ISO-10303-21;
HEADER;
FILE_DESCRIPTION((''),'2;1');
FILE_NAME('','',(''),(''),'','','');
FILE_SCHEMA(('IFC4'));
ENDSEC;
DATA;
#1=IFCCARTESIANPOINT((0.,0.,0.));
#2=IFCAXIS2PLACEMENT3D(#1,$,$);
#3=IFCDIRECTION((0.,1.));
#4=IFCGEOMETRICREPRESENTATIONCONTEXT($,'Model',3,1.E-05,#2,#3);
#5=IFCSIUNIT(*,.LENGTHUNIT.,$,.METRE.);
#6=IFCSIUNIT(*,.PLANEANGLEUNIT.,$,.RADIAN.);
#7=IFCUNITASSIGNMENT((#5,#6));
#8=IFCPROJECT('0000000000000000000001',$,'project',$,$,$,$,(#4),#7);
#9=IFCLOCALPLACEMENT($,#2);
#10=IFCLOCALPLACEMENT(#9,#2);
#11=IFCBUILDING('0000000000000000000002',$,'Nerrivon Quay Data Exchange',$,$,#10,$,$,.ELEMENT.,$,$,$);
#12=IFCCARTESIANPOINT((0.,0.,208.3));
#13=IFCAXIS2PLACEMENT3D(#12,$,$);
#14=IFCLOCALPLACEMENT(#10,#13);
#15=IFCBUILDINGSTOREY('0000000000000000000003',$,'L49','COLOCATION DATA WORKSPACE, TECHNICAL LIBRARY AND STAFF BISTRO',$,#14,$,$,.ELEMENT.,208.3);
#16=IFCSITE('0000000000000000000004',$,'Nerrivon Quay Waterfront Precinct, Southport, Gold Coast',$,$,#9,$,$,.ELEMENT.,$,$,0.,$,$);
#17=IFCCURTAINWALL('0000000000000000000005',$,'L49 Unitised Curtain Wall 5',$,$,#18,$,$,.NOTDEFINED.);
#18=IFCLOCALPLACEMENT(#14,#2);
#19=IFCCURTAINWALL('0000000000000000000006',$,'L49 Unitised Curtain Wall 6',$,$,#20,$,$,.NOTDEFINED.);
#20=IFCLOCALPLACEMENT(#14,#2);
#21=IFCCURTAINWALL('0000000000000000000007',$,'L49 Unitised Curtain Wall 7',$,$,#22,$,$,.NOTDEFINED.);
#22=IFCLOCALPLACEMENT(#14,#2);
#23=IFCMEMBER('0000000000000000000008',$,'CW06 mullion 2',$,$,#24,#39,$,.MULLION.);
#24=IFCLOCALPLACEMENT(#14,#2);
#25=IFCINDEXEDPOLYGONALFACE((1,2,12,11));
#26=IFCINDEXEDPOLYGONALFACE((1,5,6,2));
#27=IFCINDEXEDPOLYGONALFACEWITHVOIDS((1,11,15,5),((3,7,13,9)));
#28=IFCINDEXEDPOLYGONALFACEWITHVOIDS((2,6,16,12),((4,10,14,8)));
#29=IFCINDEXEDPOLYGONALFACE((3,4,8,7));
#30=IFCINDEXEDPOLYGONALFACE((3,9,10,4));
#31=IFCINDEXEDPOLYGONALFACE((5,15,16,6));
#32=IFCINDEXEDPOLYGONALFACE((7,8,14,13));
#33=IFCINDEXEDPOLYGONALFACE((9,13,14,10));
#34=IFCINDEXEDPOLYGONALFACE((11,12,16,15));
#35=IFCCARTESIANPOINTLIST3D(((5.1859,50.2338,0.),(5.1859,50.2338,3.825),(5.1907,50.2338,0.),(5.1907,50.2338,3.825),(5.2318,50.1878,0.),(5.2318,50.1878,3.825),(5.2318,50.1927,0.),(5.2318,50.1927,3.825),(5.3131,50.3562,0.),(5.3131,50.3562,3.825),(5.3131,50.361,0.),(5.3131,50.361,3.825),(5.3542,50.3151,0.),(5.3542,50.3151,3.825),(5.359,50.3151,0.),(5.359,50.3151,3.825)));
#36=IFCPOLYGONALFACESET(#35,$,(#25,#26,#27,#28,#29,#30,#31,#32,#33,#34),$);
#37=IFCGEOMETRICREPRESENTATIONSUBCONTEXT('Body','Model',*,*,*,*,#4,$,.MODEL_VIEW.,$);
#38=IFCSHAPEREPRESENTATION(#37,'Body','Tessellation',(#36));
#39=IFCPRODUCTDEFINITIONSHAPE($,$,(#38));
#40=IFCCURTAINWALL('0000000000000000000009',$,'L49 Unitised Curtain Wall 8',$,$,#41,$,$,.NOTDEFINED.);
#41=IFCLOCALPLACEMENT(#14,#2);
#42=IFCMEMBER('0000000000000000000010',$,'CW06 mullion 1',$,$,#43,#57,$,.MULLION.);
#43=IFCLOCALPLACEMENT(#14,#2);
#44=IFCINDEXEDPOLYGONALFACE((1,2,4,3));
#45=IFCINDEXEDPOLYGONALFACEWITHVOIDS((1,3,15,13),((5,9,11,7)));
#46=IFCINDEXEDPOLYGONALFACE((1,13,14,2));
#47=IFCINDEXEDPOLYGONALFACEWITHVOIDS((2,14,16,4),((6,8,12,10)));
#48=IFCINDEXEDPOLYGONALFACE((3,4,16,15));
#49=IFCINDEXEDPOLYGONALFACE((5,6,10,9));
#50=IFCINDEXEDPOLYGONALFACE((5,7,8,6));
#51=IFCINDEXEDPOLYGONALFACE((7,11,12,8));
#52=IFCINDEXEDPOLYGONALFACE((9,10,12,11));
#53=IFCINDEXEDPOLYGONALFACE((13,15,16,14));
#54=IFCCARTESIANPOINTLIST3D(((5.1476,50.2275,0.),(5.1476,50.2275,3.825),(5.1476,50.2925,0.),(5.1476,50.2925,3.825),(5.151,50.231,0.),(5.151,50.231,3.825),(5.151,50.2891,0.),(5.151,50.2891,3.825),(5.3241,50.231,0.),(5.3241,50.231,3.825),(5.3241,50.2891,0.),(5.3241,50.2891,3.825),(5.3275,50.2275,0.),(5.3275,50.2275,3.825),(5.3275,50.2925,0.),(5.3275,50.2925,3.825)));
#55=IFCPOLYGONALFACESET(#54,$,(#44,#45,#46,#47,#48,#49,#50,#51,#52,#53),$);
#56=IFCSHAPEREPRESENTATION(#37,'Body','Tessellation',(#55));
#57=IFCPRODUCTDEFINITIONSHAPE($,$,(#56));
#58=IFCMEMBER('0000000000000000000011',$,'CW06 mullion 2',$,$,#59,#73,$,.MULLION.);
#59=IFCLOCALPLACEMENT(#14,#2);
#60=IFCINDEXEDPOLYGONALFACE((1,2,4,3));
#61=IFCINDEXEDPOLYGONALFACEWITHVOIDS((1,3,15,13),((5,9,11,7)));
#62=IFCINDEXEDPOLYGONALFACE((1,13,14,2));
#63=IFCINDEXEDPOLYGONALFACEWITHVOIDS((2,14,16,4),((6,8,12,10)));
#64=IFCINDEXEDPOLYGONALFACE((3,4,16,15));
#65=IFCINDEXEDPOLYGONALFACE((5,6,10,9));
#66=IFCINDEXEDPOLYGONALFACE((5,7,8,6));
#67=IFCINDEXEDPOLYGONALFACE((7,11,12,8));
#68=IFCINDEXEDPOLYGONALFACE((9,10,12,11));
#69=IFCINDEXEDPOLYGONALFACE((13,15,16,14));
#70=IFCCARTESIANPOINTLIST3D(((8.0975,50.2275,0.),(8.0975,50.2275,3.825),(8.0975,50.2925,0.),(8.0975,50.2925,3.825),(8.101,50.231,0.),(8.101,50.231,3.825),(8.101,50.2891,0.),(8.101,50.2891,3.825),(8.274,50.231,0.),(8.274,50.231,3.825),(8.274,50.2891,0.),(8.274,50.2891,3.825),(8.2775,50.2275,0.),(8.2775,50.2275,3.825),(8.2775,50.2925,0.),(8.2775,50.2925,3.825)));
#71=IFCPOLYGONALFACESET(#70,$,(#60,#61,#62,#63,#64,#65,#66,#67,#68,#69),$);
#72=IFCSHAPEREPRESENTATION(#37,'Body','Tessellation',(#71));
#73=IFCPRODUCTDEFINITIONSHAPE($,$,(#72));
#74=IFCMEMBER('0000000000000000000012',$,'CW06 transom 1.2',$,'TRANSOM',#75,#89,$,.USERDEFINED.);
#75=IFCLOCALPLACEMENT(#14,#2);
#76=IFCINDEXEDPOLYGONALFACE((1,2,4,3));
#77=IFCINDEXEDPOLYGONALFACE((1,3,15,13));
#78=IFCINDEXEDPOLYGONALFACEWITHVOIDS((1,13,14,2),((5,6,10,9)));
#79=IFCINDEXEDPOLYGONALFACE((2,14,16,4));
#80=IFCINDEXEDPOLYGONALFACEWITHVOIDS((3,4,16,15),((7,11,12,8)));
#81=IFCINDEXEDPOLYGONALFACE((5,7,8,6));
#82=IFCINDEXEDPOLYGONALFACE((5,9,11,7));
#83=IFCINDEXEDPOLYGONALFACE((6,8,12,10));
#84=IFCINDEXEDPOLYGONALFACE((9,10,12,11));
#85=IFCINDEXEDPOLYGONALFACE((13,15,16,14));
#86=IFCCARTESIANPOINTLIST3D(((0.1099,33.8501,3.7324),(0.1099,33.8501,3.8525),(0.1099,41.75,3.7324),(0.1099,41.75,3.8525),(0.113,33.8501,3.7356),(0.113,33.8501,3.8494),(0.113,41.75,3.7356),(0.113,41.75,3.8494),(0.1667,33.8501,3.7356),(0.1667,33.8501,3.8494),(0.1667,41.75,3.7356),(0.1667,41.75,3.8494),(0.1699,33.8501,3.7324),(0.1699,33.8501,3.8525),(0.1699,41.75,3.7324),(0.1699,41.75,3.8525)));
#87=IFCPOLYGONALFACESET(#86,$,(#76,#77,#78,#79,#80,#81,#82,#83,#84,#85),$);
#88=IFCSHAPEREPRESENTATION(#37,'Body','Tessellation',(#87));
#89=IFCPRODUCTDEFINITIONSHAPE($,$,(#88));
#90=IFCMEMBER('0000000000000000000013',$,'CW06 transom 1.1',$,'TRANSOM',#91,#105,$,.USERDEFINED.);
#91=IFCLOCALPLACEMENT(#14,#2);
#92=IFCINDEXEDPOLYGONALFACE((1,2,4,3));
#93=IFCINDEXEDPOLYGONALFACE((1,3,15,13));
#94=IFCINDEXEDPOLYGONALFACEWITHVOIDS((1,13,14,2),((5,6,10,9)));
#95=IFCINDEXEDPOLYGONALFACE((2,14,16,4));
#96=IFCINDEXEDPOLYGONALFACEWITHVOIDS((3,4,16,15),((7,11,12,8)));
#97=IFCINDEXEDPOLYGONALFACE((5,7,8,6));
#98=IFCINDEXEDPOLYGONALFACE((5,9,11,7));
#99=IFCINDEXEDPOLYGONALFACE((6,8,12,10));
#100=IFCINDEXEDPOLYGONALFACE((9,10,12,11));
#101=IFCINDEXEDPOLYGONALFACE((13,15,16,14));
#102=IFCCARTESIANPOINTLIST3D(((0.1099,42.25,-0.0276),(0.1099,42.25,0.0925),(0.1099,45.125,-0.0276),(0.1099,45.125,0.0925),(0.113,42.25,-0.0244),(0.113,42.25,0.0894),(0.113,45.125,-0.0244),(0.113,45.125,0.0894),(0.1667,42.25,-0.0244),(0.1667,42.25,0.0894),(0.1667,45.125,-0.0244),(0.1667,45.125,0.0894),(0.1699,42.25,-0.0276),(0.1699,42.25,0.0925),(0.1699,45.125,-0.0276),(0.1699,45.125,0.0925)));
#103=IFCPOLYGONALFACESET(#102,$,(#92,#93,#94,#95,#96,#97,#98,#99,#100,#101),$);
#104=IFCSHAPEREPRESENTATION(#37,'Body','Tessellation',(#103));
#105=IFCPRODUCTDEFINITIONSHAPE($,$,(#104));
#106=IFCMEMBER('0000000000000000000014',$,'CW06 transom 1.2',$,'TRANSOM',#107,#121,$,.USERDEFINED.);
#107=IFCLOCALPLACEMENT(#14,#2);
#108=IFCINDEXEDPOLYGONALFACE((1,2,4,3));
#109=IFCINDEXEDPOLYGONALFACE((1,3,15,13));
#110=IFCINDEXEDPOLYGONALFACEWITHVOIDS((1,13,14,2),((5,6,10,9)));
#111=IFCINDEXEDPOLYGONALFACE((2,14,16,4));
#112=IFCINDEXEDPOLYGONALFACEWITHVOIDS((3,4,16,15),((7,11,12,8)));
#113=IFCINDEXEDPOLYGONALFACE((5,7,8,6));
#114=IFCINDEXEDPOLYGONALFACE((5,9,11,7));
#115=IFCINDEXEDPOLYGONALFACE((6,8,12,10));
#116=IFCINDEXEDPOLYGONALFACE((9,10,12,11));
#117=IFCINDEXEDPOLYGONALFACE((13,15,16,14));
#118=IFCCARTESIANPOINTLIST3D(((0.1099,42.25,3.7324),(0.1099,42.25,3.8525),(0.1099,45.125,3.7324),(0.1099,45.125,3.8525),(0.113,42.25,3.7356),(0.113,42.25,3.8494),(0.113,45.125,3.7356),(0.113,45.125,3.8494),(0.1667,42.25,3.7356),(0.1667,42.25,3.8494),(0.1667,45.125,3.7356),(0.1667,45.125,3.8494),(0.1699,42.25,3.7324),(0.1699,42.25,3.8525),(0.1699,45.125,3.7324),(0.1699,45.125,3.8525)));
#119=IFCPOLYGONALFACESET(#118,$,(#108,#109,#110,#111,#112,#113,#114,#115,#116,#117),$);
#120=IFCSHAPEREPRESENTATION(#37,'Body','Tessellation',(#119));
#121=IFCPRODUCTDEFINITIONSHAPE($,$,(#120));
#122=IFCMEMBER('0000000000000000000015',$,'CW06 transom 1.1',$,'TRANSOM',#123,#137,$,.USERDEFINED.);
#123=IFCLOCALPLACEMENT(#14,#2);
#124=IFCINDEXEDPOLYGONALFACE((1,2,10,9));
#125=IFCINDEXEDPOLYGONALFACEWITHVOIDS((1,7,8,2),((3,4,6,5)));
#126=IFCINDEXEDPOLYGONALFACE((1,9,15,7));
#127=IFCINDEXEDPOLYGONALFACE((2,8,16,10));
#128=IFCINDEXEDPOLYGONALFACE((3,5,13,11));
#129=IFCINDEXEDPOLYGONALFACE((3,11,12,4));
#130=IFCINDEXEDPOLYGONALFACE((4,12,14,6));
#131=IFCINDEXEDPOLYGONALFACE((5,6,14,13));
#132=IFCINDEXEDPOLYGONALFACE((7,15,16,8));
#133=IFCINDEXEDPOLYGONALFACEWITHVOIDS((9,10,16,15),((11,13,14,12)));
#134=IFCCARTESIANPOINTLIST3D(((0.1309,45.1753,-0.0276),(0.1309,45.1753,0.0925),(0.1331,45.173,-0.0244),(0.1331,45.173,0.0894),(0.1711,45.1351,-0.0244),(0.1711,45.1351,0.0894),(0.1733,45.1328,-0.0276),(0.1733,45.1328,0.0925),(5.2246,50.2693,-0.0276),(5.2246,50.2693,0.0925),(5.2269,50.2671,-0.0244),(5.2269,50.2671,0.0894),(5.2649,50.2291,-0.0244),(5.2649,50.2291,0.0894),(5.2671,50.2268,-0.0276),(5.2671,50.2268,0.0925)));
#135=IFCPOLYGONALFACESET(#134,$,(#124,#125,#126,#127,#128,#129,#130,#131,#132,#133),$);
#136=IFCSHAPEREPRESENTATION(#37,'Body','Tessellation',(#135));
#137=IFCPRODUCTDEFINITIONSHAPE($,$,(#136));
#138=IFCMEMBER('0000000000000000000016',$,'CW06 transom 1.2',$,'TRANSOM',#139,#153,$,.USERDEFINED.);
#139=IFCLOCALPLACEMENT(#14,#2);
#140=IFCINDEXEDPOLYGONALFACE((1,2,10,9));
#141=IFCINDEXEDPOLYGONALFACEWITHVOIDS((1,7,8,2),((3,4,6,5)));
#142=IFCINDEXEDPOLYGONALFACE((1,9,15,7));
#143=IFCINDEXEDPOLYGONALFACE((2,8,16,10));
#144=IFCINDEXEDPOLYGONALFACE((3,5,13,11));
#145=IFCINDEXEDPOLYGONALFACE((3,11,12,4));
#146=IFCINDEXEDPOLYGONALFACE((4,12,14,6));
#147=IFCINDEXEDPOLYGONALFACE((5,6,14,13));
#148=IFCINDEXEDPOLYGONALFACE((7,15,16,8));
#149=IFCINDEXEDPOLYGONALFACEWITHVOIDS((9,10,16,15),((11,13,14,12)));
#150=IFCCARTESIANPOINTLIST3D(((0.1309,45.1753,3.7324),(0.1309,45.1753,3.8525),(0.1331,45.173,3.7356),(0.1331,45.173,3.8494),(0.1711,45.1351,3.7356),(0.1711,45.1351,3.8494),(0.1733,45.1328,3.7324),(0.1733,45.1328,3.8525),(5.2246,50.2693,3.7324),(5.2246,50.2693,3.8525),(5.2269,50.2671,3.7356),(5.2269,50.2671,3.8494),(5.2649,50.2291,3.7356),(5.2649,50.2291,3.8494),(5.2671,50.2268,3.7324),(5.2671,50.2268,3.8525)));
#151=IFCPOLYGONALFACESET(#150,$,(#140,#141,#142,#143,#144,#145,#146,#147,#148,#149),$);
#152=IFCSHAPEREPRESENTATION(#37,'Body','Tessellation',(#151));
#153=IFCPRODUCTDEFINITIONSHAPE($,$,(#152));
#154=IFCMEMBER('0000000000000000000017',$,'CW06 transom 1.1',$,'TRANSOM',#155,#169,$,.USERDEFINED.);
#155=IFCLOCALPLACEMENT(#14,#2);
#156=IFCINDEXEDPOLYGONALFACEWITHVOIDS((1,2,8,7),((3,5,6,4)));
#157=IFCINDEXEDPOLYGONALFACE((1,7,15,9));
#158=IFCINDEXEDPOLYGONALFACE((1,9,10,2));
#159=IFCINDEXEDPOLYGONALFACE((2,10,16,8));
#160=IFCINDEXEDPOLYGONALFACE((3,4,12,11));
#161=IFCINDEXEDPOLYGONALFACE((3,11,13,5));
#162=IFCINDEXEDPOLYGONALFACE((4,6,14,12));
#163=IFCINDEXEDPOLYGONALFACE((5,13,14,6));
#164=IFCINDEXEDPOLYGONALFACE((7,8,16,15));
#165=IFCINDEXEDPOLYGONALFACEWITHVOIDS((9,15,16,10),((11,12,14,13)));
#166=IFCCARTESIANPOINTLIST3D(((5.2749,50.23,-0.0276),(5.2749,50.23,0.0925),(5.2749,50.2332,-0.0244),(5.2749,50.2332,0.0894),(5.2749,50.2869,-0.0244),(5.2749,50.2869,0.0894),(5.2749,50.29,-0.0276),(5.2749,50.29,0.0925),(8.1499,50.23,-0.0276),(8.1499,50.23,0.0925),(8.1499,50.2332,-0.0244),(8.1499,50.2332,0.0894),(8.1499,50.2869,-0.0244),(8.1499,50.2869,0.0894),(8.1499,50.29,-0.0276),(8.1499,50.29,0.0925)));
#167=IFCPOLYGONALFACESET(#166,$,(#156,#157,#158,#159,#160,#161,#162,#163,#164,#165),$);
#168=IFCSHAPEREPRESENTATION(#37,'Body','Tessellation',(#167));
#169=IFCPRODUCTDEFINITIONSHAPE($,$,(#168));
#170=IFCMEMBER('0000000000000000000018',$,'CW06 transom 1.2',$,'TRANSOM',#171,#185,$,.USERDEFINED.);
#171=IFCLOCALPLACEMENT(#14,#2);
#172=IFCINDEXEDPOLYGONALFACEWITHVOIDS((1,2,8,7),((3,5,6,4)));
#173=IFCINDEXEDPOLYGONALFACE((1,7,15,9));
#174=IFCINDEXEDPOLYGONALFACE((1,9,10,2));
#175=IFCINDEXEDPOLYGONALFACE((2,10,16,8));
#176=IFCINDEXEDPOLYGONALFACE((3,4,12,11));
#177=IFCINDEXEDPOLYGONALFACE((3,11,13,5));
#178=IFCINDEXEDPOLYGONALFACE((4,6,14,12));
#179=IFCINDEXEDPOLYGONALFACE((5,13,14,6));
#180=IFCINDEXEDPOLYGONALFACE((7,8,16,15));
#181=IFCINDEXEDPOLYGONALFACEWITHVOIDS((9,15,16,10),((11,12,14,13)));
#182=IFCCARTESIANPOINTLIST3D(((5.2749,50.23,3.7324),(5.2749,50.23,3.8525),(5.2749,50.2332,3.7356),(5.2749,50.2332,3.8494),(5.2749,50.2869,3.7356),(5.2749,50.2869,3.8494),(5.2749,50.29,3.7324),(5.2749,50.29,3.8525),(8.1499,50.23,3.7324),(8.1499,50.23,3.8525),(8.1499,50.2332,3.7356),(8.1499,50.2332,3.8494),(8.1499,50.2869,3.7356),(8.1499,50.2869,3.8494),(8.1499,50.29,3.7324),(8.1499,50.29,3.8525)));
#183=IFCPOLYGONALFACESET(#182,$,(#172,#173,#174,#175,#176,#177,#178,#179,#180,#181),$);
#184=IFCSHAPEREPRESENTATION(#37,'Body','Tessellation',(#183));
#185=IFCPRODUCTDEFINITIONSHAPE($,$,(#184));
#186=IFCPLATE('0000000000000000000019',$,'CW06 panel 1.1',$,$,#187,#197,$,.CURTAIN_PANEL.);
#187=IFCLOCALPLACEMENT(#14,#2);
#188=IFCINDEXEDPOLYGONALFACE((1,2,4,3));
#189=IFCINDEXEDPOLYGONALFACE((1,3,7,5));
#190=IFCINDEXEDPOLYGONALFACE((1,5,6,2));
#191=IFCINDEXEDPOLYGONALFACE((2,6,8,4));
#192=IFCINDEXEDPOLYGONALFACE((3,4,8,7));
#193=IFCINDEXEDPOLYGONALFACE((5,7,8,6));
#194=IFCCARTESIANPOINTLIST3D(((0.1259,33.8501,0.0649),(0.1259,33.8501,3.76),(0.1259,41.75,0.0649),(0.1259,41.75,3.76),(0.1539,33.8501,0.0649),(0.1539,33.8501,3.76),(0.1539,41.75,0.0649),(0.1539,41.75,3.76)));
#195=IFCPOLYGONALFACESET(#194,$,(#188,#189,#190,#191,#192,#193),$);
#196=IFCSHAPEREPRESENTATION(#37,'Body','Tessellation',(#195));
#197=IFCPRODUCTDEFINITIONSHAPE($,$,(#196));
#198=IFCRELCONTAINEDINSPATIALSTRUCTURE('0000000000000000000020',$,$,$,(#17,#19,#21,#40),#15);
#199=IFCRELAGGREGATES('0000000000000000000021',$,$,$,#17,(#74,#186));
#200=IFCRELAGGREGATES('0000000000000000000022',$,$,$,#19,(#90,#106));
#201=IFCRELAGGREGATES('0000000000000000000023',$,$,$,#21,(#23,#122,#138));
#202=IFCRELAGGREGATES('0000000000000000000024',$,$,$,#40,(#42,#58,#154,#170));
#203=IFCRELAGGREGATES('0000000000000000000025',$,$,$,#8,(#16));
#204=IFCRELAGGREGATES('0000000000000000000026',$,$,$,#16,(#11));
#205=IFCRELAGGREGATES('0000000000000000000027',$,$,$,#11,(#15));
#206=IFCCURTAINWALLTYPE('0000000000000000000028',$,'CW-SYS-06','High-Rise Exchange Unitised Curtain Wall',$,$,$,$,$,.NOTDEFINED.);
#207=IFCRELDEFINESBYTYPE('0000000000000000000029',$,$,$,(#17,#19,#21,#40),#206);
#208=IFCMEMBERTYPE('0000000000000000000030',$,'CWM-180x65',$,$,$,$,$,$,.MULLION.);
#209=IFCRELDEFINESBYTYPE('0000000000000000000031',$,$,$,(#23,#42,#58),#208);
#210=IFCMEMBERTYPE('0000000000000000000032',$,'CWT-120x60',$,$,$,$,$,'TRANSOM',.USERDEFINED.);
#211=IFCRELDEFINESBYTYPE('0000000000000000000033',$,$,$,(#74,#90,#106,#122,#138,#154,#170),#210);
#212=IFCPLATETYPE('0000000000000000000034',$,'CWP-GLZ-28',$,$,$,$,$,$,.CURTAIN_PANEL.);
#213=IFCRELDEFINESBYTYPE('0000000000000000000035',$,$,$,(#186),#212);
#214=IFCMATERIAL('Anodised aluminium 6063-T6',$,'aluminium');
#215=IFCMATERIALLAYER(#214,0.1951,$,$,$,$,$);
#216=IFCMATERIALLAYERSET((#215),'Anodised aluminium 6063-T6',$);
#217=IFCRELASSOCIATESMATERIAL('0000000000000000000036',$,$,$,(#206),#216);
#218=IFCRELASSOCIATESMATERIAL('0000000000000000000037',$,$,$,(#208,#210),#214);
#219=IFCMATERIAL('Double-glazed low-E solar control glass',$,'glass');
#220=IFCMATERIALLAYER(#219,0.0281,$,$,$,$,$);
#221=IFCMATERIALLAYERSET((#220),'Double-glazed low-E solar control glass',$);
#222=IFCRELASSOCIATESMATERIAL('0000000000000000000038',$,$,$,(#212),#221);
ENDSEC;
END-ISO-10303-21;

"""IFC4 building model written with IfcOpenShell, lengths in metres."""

from ifc_helpers import new_model, si_unit, direction, frame, origin, origin_2d, place, context, subcontext, project, spatial, rectangle, hollow_rectangle, extrude, material, layer, layer_set, material_profile, profile_set, type_object, element, aggregate, save


model = new_model("IFC4")

# Units and contexts
model_context = context("Model", 3, precision=1e-05, world=origin(), true_north=direction((0.0, 1.0)))
body_context = subcontext(model_context, "Body", "Model", "MODEL_VIEW")
ifc_project = project(units=[si_unit("LENGTHUNIT", "METRE"), si_unit("PLANEANGLEUNIT", "RADIAN")], contexts=[model_context])

# Site, building, storey
site_placement = place(None, origin())
site = spatial("IfcSite", under=ifc_project, at=site_placement, Name="Nerrivon Quay Waterfront Precinct, Southport, Gold Coast", CompositionType="ELEMENT", RefElevation=0.0)
building_placement = place(site_placement, origin())
building = spatial("IfcBuilding", under=site, at=building_placement, Name="Nerrivon Quay Data Exchange", CompositionType="ELEMENT")
storey_placement = place(building_placement, frame((0.0, 0.0, 208.3)))
storey = spatial("IfcBuildingStorey", under=building, at=storey_placement, Name="L49", Description="COLOCATION DATA WORKSPACE, TECHNICAL LIBRARY AND STAFF BISTRO", CompositionType="ELEMENT", Elevation=208.3)

# Curtain wall
ifc_material_1 = material(Name="Anodised aluminium 6063-T6", Category="aluminium")
ifc_layer_1 = layer(ifc_material_1, 0.1951)
ifc_layer_set_1 = layer_set([ifc_layer_1], Name="Anodised aluminium 6063-T6")
curtain_wall_type = type_object("IfcCurtainWallType", Name="CW-SYS-06", Description="High-Rise Exchange Unitised Curtain Wall", PredefinedType="NOTDEFINED", material=ifc_layer_set_1)
curtain_wall_1_placement = place(storey_placement, origin())
curtain_wall_1 = element("IfcCurtainWall", 1, at=curtain_wall_1_placement, inside=storey, type_object=curtain_wall_type, Name="L49 Unitised Curtain Wall 5", PredefinedType="NOTDEFINED")
ifc_material_profile_1 = material_profile(ifc_material_1, hollow_rectangle(XDim=0.0649, YDim=0.1799, WallThickness=0.0034, at=origin_2d()), Name="ALU-MULL-180x65")
ifc_profile_set_1 = profile_set([ifc_material_profile_1], Name="Anodised aluminium 6063-T6")
member_type_1 = type_object("IfcMemberType", Name="CWM-180x65", PredefinedType="MULLION", material=ifc_profile_set_1)

# Curtain walls, members
curtain_wall_2_placement = place(storey_placement, origin())
curtain_wall_2 = element("IfcCurtainWall", 2, at=curtain_wall_2_placement, inside=storey, type_object=curtain_wall_type, Name="L49 Unitised Curtain Wall 6", PredefinedType="NOTDEFINED")
curtain_wall_3_placement = place(storey_placement, origin())
curtain_wall_3 = element("IfcCurtainWall", 3, at=curtain_wall_3_placement, inside=storey, type_object=curtain_wall_type, Name="L49 Unitised Curtain Wall 7", PredefinedType="NOTDEFINED")
member_1_placement = place(storey_placement, frame((5.2725, 50.2744, 0.0), z_axis=(0.0, 0.0, 1.0), x_axis=(-0.707107, 0.707107, 0.0)))
member_1 = element("IfcMember", 4, at=member_1_placement, type_object=member_type_1, Name="CW06 mullion 2", PredefinedType="MULLION", context=body_context, shape_type="SweptSolid", body=[
    extrude(hollow_rectangle(XDim=0.0649, YDim=0.1799, WallThickness=0.0034, at=origin_2d()), origin(), (0.0, 0.0, 1.0), 3.825),
])
curtain_wall_4_placement = place(storey_placement, origin())
curtain_wall_4 = element("IfcCurtainWall", 5, at=curtain_wall_4_placement, inside=storey, type_object=curtain_wall_type, Name="L49 Unitised Curtain Wall 8", PredefinedType="NOTDEFINED")
member_2_placement = place(storey_placement, frame((5.2375, 50.26, 0.0), z_axis=(0.0, 0.0, 1.0), x_axis=(0.0, 1.0, 0.0)))
member_2 = element("IfcMember", 6, at=member_2_placement, type_object=member_type_1, Name="CW06 mullion 1", PredefinedType="MULLION", context=body_context, shape_type="SweptSolid", body=[
    extrude(hollow_rectangle(XDim=0.0649, YDim=0.1799, WallThickness=0.0034, at=origin_2d()), origin(), (0.0, 0.0, 1.0), 3.825),
])
member_3_placement = place(storey_placement, frame((8.1875, 50.26, 0.0), z_axis=(0.0, 0.0, 1.0), x_axis=(0.0, 1.0, 0.0)))
member_3 = element("IfcMember", 7, at=member_3_placement, type_object=member_type_1, Name="CW06 mullion 2", PredefinedType="MULLION", context=body_context, shape_type="SweptSolid", body=[
    extrude(hollow_rectangle(XDim=0.0649, YDim=0.1799, WallThickness=0.0034, at=origin_2d()), origin(), (0.0, 0.0, 1.0), 3.825),
])

# Members
ifc_material_profile_2 = material_profile(ifc_material_1, hollow_rectangle(XDim=0.0601, YDim=0.1201, WallThickness=0.0032, at=origin_2d()), Name="ALU-TRAN-120x60")
ifc_profile_set_2 = profile_set([ifc_material_profile_2], Name="Anodised aluminium 6063-T6")
member_type_2 = type_object("IfcMemberType", Name="CWT-120x60", ElementType="TRANSOM", PredefinedType="USERDEFINED", material=ifc_profile_set_2)
member_4_placement = place(storey_placement, frame((0.1399, 33.8501, 3.7925), z_axis=(0.0, 1.0, 0.0), x_axis=(-1.0, 0.0, 0.0)))
member_4 = element("IfcMember", 8, at=member_4_placement, type_object=member_type_2, Name="CW06 transom 1.2", ObjectType="TRANSOM", PredefinedType="USERDEFINED", context=body_context, shape_type="SweptSolid", body=[
    extrude(hollow_rectangle(XDim=0.0601, YDim=0.1201, WallThickness=0.0032, at=origin_2d()), origin(), (0.0, 0.0, 1.0), 7.8999),
])
member_5_placement = place(storey_placement, frame((0.1399, 42.25, 0.0325), z_axis=(0.0, 1.0, 0.0), x_axis=(-1.0, 0.0, 0.0)))
member_5 = element("IfcMember", 9, at=member_5_placement, type_object=member_type_2, Name="CW06 transom 1.1", ObjectType="TRANSOM", PredefinedType="USERDEFINED", context=body_context, shape_type="SweptSolid", body=[
    extrude(hollow_rectangle(XDim=0.0601, YDim=0.1201, WallThickness=0.0032, at=origin_2d()), origin(), (0.0, 0.0, 1.0), 2.875),
])
member_6_placement = place(storey_placement, frame((0.1399, 42.25, 3.7925), z_axis=(0.0, 1.0, 0.0), x_axis=(-1.0, 0.0, 0.0)))
member_6 = element("IfcMember", 10, at=member_6_placement, type_object=member_type_2, Name="CW06 transom 1.2", ObjectType="TRANSOM", PredefinedType="USERDEFINED", context=body_context, shape_type="SweptSolid", body=[
    extrude(hollow_rectangle(XDim=0.0601, YDim=0.1201, WallThickness=0.0032, at=origin_2d()), origin(), (0.0, 0.0, 1.0), 2.875),
])
member_7_placement = place(storey_placement, frame((0.1521, 45.1541, 0.0325), z_axis=(0.70709, 0.707124, 0.0), x_axis=(-0.707124, 0.70709, 0.0)))
member_7 = element("IfcMember", 11, at=member_7_placement, type_object=member_type_2, Name="CW06 transom 1.1", ObjectType="TRANSOM", PredefinedType="USERDEFINED", context=body_context, shape_type="SweptSolid", body=[
    extrude(hollow_rectangle(XDim=0.0601, YDim=0.1201, WallThickness=0.0032, at=origin_2d()), origin(), (0.0, 0.0, 1.0), 7.2039),
])
member_8_placement = place(storey_placement, frame((0.1521, 45.1541, 3.7925), z_axis=(0.70709, 0.707124, 0.0), x_axis=(-0.707124, 0.70709, 0.0)))
member_8 = element("IfcMember", 12, at=member_8_placement, type_object=member_type_2, Name="CW06 transom 1.2", ObjectType="TRANSOM", PredefinedType="USERDEFINED", context=body_context, shape_type="SweptSolid", body=[
    extrude(hollow_rectangle(XDim=0.0601, YDim=0.1201, WallThickness=0.0032, at=origin_2d()), origin(), (0.0, 0.0, 1.0), 7.2039),
])
member_9_placement = place(storey_placement, frame((5.2749, 50.26, 0.0325), z_axis=(1.0, 0.0, 0.0), x_axis=(0.0, 1.0, 0.0)))
member_9 = element("IfcMember", 13, at=member_9_placement, type_object=member_type_2, Name="CW06 transom 1.1", ObjectType="TRANSOM", PredefinedType="USERDEFINED", context=body_context, shape_type="SweptSolid", body=[
    extrude(hollow_rectangle(XDim=0.0601, YDim=0.1201, WallThickness=0.0032, at=origin_2d()), origin(), (0.0, 0.0, 1.0), 2.875),
])
member_10_placement = place(storey_placement, frame((5.2749, 50.26, 3.7925), z_axis=(1.0, 0.0, 0.0), x_axis=(0.0, 1.0, 0.0)))
member_10 = element("IfcMember", 14, at=member_10_placement, type_object=member_type_2, Name="CW06 transom 1.2", ObjectType="TRANSOM", PredefinedType="USERDEFINED", context=body_context, shape_type="SweptSolid", body=[
    extrude(hollow_rectangle(XDim=0.0601, YDim=0.1201, WallThickness=0.0032, at=origin_2d()), origin(), (0.0, 0.0, 1.0), 2.875),
])

# Plate
ifc_material_2 = material(Name="Double-glazed low-E solar control glass", Category="glass")
ifc_layer_2 = layer(ifc_material_2, 0.0281)
ifc_layer_set_2 = layer_set([ifc_layer_2], Name="Double-glazed low-E solar control glass")
plate_type = type_object("IfcPlateType", Name="CWP-GLZ-28", PredefinedType="CURTAIN_PANEL", material=ifc_layer_set_2)
plate_1_placement = place(storey_placement, frame((0.1399, 37.8, 0.0649), z_axis=(0.0, 0.0, 1.0), x_axis=(0.0, 1.0, 0.0)))
plate_1 = element("IfcPlate", 15, at=plate_1_placement, type_object=plate_type, Name="CW06 panel 1.1", PredefinedType="CURTAIN_PANEL", context=body_context, shape_type="SweptSolid", body=[
    extrude(rectangle(XDim=7.8999, YDim=0.0281, at=origin_2d()), origin(), (0.0, 0.0, 1.0), 3.6951),
])
aggregate(curtain_wall_1, [member_4, plate_1])
aggregate(curtain_wall_2, [member_5, member_6])
aggregate(curtain_wall_3, [member_1, member_7, member_8])
aggregate(curtain_wall_4, [member_2, member_3, member_9, member_10])

save(model, "model.ifc")
